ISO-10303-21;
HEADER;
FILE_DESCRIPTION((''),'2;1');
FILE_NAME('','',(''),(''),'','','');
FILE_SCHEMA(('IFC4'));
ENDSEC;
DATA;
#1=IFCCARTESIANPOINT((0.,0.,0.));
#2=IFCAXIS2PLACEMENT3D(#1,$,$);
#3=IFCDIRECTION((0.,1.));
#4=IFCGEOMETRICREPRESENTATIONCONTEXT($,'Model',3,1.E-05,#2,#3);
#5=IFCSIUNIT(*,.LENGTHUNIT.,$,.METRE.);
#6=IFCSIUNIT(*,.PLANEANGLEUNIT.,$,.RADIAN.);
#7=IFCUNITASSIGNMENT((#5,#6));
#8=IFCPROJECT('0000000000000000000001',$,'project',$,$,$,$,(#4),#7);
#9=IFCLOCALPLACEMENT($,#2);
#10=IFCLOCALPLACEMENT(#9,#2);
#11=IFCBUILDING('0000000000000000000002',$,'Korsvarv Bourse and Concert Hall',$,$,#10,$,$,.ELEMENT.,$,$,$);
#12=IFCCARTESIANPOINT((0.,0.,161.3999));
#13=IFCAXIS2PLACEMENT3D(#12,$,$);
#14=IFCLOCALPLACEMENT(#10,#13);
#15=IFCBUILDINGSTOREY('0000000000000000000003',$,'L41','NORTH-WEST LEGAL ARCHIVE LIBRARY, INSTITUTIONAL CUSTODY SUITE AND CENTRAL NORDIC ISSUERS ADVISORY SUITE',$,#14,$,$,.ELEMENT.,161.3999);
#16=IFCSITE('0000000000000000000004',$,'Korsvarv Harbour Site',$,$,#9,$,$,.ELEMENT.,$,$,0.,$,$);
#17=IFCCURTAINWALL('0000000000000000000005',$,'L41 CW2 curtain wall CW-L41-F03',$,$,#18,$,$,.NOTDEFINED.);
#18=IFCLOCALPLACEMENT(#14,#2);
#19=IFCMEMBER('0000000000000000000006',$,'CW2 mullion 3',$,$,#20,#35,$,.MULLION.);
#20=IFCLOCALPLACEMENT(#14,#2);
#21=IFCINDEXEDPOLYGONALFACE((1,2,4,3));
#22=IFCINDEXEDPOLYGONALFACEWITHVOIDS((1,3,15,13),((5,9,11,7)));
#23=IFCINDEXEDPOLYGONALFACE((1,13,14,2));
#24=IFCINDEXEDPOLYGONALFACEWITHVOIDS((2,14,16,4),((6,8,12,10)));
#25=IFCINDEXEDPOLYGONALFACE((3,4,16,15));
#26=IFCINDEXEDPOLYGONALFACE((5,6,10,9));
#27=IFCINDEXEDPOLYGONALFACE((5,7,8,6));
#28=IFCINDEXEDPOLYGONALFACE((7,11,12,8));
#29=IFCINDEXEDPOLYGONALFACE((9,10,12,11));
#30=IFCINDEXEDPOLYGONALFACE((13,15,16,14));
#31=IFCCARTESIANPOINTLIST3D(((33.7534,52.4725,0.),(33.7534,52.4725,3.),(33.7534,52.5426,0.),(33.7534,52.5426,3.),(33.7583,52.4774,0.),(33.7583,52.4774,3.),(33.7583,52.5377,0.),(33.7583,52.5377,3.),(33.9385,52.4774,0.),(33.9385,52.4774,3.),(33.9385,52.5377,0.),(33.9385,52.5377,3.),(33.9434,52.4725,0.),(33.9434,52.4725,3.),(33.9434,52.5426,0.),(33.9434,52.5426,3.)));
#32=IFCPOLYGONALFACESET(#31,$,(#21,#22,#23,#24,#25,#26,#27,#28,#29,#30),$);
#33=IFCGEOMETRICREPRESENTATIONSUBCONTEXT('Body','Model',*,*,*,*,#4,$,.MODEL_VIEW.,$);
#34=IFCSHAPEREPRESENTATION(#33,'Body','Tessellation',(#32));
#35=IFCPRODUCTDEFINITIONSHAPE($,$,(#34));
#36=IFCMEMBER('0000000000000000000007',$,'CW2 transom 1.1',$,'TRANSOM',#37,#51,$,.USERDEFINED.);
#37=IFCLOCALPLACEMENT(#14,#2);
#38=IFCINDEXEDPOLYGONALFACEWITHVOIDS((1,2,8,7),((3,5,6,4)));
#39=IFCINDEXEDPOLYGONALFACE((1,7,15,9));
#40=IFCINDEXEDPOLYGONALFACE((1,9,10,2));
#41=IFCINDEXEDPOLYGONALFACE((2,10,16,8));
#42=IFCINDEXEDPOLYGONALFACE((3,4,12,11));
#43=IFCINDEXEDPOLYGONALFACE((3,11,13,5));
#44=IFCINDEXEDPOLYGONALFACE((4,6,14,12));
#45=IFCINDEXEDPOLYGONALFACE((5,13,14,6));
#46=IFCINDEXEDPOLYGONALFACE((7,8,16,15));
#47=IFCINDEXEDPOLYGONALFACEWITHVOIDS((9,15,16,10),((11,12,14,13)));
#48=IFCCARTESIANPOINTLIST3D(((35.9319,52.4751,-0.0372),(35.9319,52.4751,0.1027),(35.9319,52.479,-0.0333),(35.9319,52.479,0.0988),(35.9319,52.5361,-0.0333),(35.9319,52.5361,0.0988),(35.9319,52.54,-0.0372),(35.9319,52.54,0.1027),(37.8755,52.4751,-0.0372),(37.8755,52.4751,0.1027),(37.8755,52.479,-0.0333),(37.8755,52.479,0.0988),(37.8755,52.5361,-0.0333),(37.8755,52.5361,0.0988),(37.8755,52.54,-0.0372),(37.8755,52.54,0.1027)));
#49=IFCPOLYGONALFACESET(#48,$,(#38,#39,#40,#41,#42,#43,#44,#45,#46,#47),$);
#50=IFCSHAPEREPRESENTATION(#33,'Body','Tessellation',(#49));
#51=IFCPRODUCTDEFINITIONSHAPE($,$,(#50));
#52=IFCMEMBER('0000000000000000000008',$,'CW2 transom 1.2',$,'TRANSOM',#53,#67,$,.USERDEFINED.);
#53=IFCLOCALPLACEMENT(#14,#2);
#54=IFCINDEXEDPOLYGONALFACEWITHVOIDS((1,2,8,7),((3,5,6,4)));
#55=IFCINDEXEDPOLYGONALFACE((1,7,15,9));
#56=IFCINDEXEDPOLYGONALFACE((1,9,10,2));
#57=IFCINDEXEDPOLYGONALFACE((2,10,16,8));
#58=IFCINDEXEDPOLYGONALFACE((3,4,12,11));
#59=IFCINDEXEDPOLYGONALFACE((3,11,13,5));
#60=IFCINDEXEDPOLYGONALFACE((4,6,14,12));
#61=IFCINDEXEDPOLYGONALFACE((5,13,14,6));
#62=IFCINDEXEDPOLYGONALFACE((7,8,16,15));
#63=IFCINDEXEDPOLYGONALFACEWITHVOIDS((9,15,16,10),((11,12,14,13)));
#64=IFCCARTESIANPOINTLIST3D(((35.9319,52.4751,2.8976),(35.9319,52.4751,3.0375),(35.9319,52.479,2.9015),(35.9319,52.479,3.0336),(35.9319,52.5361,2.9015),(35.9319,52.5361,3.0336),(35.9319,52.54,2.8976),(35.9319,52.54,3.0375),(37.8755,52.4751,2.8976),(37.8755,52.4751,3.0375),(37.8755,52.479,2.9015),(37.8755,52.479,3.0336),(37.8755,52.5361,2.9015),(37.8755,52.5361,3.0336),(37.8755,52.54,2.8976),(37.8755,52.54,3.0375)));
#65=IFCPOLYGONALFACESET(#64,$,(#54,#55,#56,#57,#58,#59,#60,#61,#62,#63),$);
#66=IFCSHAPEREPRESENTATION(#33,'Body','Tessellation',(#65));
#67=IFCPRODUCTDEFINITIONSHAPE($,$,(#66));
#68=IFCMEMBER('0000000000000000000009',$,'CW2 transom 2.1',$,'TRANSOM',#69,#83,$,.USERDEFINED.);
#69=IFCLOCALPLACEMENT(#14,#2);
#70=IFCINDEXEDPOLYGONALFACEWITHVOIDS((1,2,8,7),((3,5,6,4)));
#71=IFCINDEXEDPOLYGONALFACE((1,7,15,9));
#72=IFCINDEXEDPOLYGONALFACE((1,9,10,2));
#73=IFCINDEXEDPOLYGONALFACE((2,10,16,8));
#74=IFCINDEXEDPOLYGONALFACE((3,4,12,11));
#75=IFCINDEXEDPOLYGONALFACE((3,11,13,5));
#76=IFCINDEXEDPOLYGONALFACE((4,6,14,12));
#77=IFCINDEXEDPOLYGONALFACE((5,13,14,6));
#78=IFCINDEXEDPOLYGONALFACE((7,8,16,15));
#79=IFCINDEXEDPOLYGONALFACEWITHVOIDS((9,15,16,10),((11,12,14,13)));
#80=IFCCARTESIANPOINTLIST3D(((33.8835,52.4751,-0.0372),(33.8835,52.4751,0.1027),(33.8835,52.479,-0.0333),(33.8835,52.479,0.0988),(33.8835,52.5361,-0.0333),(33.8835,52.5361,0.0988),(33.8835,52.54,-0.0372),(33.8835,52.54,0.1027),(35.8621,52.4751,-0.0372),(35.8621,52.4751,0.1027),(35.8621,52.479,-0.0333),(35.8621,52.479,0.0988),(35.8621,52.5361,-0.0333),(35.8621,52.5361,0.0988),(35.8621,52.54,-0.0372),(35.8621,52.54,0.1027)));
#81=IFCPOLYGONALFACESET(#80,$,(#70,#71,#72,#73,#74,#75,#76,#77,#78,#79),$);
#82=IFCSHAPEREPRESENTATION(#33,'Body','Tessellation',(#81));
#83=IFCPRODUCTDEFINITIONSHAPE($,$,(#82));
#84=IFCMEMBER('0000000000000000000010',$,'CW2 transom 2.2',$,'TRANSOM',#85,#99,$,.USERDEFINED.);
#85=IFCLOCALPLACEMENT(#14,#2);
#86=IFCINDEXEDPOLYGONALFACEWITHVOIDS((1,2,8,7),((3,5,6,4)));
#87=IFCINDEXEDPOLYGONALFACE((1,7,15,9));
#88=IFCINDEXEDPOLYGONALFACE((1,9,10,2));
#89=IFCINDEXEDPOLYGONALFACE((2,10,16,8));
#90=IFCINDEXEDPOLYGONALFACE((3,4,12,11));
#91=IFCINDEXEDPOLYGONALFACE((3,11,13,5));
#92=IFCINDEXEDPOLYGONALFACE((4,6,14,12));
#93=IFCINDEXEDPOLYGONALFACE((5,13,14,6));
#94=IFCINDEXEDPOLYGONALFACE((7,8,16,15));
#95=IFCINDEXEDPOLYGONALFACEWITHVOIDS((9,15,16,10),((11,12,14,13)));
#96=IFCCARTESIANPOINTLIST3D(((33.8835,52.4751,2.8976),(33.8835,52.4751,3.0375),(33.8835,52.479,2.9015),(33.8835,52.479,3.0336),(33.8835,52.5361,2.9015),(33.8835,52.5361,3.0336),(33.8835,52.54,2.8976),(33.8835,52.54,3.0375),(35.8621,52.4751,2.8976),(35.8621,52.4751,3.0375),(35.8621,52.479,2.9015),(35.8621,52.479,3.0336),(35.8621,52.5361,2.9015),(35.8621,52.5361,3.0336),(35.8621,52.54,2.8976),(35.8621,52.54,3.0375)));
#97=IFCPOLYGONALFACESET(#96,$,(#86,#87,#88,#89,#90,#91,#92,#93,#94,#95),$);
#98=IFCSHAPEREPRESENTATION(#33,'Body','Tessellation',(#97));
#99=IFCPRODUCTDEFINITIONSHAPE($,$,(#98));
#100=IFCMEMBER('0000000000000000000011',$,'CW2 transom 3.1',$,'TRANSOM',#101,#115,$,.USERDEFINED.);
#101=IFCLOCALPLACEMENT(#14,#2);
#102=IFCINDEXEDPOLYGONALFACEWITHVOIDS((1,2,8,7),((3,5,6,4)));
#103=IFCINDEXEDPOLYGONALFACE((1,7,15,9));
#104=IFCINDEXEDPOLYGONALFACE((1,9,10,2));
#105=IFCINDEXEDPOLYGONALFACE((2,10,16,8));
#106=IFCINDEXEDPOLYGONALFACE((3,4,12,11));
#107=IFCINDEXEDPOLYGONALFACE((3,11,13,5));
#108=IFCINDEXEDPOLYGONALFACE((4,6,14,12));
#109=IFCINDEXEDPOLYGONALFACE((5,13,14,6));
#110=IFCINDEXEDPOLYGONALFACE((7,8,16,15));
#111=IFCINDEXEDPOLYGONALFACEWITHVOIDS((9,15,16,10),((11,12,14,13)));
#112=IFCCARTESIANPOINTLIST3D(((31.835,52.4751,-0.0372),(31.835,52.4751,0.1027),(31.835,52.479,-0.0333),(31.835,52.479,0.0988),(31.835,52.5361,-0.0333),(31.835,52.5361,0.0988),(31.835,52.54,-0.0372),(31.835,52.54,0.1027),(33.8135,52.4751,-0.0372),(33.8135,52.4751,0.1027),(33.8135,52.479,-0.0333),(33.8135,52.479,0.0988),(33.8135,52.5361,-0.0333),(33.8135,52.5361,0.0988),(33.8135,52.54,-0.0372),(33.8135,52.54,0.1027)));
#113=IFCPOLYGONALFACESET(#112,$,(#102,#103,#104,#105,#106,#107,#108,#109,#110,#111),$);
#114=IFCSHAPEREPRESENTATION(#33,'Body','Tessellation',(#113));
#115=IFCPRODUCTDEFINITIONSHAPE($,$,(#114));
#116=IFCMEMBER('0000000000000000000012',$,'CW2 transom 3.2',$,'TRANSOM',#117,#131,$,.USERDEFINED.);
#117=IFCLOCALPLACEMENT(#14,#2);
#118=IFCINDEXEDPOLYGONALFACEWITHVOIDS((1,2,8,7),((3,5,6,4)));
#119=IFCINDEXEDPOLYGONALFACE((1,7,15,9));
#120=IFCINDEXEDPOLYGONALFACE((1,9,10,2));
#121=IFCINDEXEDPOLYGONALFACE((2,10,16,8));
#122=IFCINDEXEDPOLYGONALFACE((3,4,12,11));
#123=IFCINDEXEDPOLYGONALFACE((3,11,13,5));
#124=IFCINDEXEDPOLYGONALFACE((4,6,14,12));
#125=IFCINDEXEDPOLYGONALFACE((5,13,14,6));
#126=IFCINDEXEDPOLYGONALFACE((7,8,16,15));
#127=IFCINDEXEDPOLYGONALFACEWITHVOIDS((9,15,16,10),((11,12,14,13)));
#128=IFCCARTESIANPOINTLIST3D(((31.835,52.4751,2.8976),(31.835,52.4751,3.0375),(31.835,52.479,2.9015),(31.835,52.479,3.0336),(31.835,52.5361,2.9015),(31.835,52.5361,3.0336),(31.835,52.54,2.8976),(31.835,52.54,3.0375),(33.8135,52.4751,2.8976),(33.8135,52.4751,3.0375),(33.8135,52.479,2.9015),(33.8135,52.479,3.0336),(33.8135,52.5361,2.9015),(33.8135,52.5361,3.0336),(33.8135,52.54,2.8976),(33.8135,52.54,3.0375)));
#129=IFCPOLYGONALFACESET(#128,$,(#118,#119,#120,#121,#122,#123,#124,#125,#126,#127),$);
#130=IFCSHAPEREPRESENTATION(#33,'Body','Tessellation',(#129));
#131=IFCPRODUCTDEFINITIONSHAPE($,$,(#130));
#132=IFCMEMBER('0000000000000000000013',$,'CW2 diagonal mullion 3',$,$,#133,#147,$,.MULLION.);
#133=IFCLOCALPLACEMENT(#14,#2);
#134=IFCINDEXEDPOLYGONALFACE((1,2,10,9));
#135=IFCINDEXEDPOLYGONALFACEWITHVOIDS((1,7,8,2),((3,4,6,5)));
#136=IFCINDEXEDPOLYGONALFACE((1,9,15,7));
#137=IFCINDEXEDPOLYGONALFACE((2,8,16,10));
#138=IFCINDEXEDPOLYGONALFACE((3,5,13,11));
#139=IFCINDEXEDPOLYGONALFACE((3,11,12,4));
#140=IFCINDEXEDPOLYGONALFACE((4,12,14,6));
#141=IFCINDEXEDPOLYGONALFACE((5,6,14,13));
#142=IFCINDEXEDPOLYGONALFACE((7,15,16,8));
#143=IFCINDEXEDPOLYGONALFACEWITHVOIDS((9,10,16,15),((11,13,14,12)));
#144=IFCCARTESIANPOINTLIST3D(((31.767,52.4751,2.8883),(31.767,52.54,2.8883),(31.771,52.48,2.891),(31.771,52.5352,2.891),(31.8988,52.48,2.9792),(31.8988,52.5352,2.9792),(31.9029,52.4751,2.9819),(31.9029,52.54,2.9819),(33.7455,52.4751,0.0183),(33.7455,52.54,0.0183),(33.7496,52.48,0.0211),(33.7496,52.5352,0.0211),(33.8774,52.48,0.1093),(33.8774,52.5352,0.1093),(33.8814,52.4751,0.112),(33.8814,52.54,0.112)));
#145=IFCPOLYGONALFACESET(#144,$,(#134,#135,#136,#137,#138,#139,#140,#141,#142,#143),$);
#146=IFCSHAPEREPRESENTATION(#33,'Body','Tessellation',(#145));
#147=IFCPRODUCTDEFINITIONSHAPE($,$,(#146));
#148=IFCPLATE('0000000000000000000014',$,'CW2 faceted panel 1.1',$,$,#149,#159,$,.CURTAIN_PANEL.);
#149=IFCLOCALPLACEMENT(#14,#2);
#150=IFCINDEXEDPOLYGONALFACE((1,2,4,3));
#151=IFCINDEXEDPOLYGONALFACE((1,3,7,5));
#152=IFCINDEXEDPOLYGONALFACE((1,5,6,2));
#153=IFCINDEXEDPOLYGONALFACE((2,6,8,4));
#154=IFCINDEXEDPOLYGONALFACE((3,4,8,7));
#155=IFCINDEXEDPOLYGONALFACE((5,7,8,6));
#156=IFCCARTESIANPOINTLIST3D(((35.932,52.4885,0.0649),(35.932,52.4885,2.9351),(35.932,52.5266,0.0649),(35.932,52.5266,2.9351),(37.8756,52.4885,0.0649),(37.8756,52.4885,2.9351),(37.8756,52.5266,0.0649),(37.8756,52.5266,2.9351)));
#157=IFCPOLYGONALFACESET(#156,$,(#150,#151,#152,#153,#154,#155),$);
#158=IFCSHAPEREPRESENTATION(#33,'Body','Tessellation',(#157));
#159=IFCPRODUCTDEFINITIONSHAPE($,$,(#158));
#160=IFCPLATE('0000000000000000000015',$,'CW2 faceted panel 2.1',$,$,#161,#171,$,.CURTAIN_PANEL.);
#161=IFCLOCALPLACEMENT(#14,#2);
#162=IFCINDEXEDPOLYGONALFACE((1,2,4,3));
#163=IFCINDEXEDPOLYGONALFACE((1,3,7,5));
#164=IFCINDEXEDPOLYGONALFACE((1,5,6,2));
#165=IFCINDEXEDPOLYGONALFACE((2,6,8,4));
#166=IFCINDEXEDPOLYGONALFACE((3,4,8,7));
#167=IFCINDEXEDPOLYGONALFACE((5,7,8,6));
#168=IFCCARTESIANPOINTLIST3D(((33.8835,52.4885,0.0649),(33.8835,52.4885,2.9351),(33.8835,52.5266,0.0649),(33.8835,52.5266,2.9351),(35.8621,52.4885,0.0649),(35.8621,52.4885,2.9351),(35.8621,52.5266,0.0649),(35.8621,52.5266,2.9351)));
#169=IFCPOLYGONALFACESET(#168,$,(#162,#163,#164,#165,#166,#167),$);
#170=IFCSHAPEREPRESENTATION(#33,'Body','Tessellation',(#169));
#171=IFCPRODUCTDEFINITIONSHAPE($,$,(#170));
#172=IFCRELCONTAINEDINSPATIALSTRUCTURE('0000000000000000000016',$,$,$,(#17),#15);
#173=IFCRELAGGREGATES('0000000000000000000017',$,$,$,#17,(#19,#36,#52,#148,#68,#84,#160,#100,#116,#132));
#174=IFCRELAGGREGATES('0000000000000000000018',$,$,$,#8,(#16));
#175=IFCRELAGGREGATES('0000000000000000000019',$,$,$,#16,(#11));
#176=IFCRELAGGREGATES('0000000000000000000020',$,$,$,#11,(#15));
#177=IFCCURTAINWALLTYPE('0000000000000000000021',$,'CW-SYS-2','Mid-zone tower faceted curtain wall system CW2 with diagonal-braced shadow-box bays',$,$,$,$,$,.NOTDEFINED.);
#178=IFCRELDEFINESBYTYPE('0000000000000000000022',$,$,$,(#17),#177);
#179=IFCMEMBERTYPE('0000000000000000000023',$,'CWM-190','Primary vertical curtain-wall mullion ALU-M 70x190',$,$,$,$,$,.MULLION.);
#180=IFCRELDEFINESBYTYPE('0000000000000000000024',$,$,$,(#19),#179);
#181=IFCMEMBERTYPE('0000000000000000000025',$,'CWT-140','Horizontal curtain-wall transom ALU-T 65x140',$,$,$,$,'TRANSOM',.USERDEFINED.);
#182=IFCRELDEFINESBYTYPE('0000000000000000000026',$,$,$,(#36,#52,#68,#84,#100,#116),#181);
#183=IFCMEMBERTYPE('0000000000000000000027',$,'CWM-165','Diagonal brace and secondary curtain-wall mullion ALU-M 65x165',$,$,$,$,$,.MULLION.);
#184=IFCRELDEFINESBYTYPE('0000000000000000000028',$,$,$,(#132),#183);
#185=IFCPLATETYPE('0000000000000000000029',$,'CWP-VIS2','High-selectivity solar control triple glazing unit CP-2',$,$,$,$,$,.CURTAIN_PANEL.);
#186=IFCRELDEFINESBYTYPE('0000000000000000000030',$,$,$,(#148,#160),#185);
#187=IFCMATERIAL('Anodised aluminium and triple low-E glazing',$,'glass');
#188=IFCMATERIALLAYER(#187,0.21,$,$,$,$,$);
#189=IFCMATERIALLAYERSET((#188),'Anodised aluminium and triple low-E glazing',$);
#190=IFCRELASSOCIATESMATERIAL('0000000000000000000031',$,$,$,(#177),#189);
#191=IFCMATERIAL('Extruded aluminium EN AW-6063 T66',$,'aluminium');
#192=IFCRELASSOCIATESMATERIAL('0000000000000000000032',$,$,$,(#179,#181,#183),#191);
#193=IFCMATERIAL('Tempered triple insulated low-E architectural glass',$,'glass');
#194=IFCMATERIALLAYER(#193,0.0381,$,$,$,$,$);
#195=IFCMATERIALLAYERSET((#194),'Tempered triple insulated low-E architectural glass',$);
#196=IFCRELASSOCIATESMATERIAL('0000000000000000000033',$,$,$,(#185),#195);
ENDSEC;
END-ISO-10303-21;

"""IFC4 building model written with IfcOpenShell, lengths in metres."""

from ifc_helpers import new_model, si_unit, direction, frame, origin, origin_2d, place, context, subcontext, project, spatial, rectangle, hollow_rectangle, extrude, source, transform, mapped, material, layer, layer_set, material_profile, profile_set, type_object, element, aggregate, save


model = new_model("IFC4")

# Units and contexts
model_context = context("Model", 3, precision=1e-05, world=origin(), true_north=direction((0.0, 1.0)))
body_context = subcontext(model_context, "Body", "Model", "MODEL_VIEW")
ifc_project = project(units=[si_unit("LENGTHUNIT", "METRE"), si_unit("PLANEANGLEUNIT", "RADIAN")], contexts=[model_context])

# Site, building, storey
site_placement = place(None, origin())
site = spatial("IfcSite", under=ifc_project, at=site_placement, Name="Korsvarv Harbour Site", CompositionType="ELEMENT", RefElevation=0.0)
building_placement = place(site_placement, origin())
building = spatial("IfcBuilding", under=site, at=building_placement, Name="Korsvarv Bourse and Concert Hall", CompositionType="ELEMENT")
storey_placement = place(building_placement, frame((0.0, 0.0, 161.3999)))
storey = spatial("IfcBuildingStorey", under=building, at=storey_placement, Name="L41", Description="NORTH-WEST LEGAL ARCHIVE LIBRARY, INSTITUTIONAL CUSTODY SUITE AND CENTRAL NORDIC ISSUERS ADVISORY SUITE", CompositionType="ELEMENT", Elevation=161.3999)

# Curtain wall, members, plates
ifc_material_1 = material(Name="Anodised aluminium and triple low-E glazing", Category="glass")
ifc_layer_1 = layer(ifc_material_1, 0.21)
ifc_layer_set_1 = layer_set([ifc_layer_1], Name="Anodised aluminium and triple low-E glazing")
curtain_wall_type = type_object("IfcCurtainWallType", Name="CW-SYS-2", Description="Mid-zone tower faceted curtain wall system CW2 with diagonal-braced shadow-box bays", PredefinedType="NOTDEFINED", material=ifc_layer_set_1)
curtain_wall_placement = place(storey_placement, origin())
curtain_wall = element("IfcCurtainWall", 1, at=curtain_wall_placement, inside=storey, type_object=curtain_wall_type, Name="L41 CW2 curtain wall CW-L41-F03", PredefinedType="NOTDEFINED")
ifc_material_2 = material(Name="Extruded aluminium EN AW-6063 T66", Category="aluminium")
ifc_material_profile_1 = material_profile(ifc_material_2, hollow_rectangle(XDim=0.0701, YDim=0.1899, WallThickness=0.0049, at=origin_2d()), Name="ALU-M 70x190")
ifc_profile_set_1 = profile_set([ifc_material_profile_1], Name="Extruded aluminium EN AW-6063 T66")
member_type_1 = type_object("IfcMemberType", Name="CWM-190", Description="Primary vertical curtain-wall mullion ALU-M 70x190", PredefinedType="MULLION", material=ifc_profile_set_1)
shared_shape_1 = source(origin(), body_context, "Body", "SweptSolid", [
    extrude(hollow_rectangle(XDim=0.0701, YDim=0.1899, WallThickness=0.0049, at=origin_2d()), origin(), (0.0, 0.0, 1.0), 3.0),
])
member_1_placement = place(storey_placement, frame((33.8484, 52.5076, 0.0), z_axis=(0.0, 0.0, 1.0), x_axis=(0.0, -1.0, 0.0)))
member_1 = element("IfcMember", 2, at=member_1_placement, type_object=member_type_1, Name="CW2 mullion 3", PredefinedType="MULLION", context=body_context, shape_type="MappedRepresentation", body=[
    mapped(shared_shape_1, transform((0.0, 0.0, 0.0), scale=1.0)),
])
ifc_material_profile_2 = material_profile(ifc_material_2, hollow_rectangle(XDim=0.0649, YDim=0.1399, WallThickness=0.0039, at=origin_2d()), Name="ALU-T 65x140")
ifc_profile_set_2 = profile_set([ifc_material_profile_2], Name="Extruded aluminium EN AW-6063 T66")
member_type_2 = type_object("IfcMemberType", Name="CWT-140", Description="Horizontal curtain-wall transom ALU-T 65x140", ElementType="TRANSOM", PredefinedType="USERDEFINED", material=ifc_profile_set_2)
shared_shape_2 = source(origin(), body_context, "Body", "SweptSolid", [
    extrude(hollow_rectangle(XDim=0.0649, YDim=0.1399, WallThickness=0.0039, at=origin_2d()), origin(), (0.0, 0.0, 1.0), 1.9436),
])
member_2_placement = place(storey_placement, frame((37.8755, 52.5076, 0.0327), z_axis=(-1.0, 0.0, 0.0), x_axis=(0.0, -1.0, 0.0)))
member_2 = element("IfcMember", 3, at=member_2_placement, type_object=member_type_2, Name="CW2 transom 1.1", ObjectType="TRANSOM", PredefinedType="USERDEFINED", context=body_context, shape_type="MappedRepresentation", body=[
    mapped(shared_shape_2, transform((0.0, 0.0, 0.0), scale=1.0)),
])
member_3_placement = place(storey_placement, frame((37.8755, 52.5076, 2.9675), z_axis=(-1.0, 0.0, 0.0), x_axis=(0.0, -1.0, 0.0)))
member_3 = element("IfcMember", 4, at=member_3_placement, type_object=member_type_2, Name="CW2 transom 1.2", ObjectType="TRANSOM", PredefinedType="USERDEFINED", context=body_context, shape_type="MappedRepresentation", body=[
    mapped(shared_shape_2, transform((0.0, 0.0, 0.0), scale=1.0)),
])
shared_shape_3 = source(origin(), body_context, "Body", "SweptSolid", [
    extrude(hollow_rectangle(XDim=0.0649, YDim=0.1399, WallThickness=0.0039, at=origin_2d()), origin(), (0.0, 0.0, 1.0), 1.9785),
])
member_4_placement = place(storey_placement, frame((35.8621, 52.5076, 0.0327), z_axis=(-1.0, 0.0, 0.0), x_axis=(0.0, -1.0, 0.0)))
member_4 = element("IfcMember", 5, at=member_4_placement, type_object=member_type_2, Name="CW2 transom 2.1", ObjectType="TRANSOM", PredefinedType="USERDEFINED", context=body_context, shape_type="MappedRepresentation", body=[
    mapped(shared_shape_3, transform((0.0, 0.0, 0.0), scale=1.0)),
])
member_5_placement = place(storey_placement, frame((35.8621, 52.5076, 2.9675), z_axis=(-1.0, 0.0, 0.0), x_axis=(0.0, -1.0, 0.0)))
member_5 = element("IfcMember", 6, at=member_5_placement, type_object=member_type_2, Name="CW2 transom 2.2", ObjectType="TRANSOM", PredefinedType="USERDEFINED", context=body_context, shape_type="MappedRepresentation", body=[
    mapped(shared_shape_3, transform((0.0, 0.0, 0.0), scale=1.0)),
])
member_6_placement = place(storey_placement, frame((33.8135, 52.5076, 0.0327), z_axis=(-1.0, 0.0, 0.0), x_axis=(0.0, -1.0, 0.0)))
member_6 = element("IfcMember", 7, at=member_6_placement, type_object=member_type_2, Name="CW2 transom 3.1", ObjectType="TRANSOM", PredefinedType="USERDEFINED", context=body_context, shape_type="MappedRepresentation", body=[
    mapped(shared_shape_3, transform((0.0, 0.0, 0.0), scale=1.0)),
])
member_7_placement = place(storey_placement, frame((33.8135, 52.5076, 2.9675), z_axis=(-1.0, 0.0, 0.0), x_axis=(0.0, -1.0, 0.0)))
member_7 = element("IfcMember", 8, at=member_7_placement, type_object=member_type_2, Name="CW2 transom 3.2", ObjectType="TRANSOM", PredefinedType="USERDEFINED", context=body_context, shape_type="MappedRepresentation", body=[
    mapped(shared_shape_3, transform((0.0, 0.0, 0.0), scale=1.0)),
])
ifc_material_profile_3 = material_profile(ifc_material_2, hollow_rectangle(XDim=0.0649, YDim=0.165, WallThickness=0.0049, at=origin_2d()), Name="ALU-M 65x165")
ifc_profile_set_3 = profile_set([ifc_material_profile_3], Name="Extruded aluminium EN AW-6063 T66")
member_type_3 = type_object("IfcMemberType", Name="CWM-165", Description="Diagonal brace and secondary curtain-wall mullion ALU-M 65x165", PredefinedType="MULLION", material=ifc_profile_set_3)
shared_shape_4 = source(origin(), body_context, "Body", "SweptSolid", [
    extrude(hollow_rectangle(XDim=0.0649, YDim=0.165, WallThickness=0.0049, at=origin_2d()), origin(), (0.0, 0.0, 1.0), 3.4858),
])
member_8_placement = place(storey_placement, frame((33.8135, 52.5076, 0.0652), z_axis=(-0.567595, 0.0, 0.823308), x_axis=(0.0, -1.0, 0.0)))
member_8 = element("IfcMember", 9, at=member_8_placement, type_object=member_type_3, Name="CW2 diagonal mullion 3", PredefinedType="MULLION", context=body_context, shape_type="MappedRepresentation", body=[
    mapped(shared_shape_4, transform((0.0, 0.0, 0.0), scale=1.0)),
])
ifc_material_3 = material(Name="Tempered triple insulated low-E architectural glass", Category="glass")
ifc_layer_2 = layer(ifc_material_3, 0.0381)
ifc_layer_set_2 = layer_set([ifc_layer_2], Name="Tempered triple insulated low-E architectural glass")
plate_type_1 = type_object("IfcPlateType", Name="CWP-VIS2", Description="High-selectivity solar control triple glazing unit CP-2", PredefinedType="CURTAIN_PANEL", material=ifc_layer_set_2)
shared_shape_5 = source(origin(), body_context, "Body", "SweptSolid", [
    extrude(rectangle(XDim=1.9436, YDim=0.0381, at=origin_2d()), origin(), (0.0, 0.0, 1.0), 2.8701),
])
plate_1_placement = place(storey_placement, frame((36.9038, 52.5076, 0.0649), z_axis=(0.0, 0.0, 1.0), x_axis=(-1.0, 0.0, 0.0)))
plate_1 = element("IfcPlate", 10, at=plate_1_placement, type_object=plate_type_1, Name="CW2 faceted panel 1.1", PredefinedType="CURTAIN_PANEL", context=body_context, shape_type="MappedRepresentation", body=[
    mapped(shared_shape_5, transform((0.0, 0.0, 0.0), scale=1.0)),
])
shared_shape_6 = source(origin(), body_context, "Body", "SweptSolid", [
    extrude(rectangle(XDim=1.9785, YDim=0.0381, at=origin_2d()), origin(), (0.0, 0.0, 1.0), 2.8701),
])
plate_2_placement = place(storey_placement, frame((34.8728, 52.5076, 0.0649), z_axis=(0.0, 0.0, 1.0), x_axis=(-1.0, 0.0, 0.0)))
plate_2 = element("IfcPlate", 11, at=plate_2_placement, type_object=plate_type_1, Name="CW2 faceted panel 2.1", PredefinedType="CURTAIN_PANEL", context=body_context, shape_type="MappedRepresentation", body=[
    mapped(shared_shape_6, transform((0.0, 0.0, 0.0), scale=1.0)),
])
aggregate(curtain_wall, [member_1, member_2, member_3, plate_1, member_4, member_5, plate_2, member_6, member_7, member_8])

save(model, "model.ifc")
